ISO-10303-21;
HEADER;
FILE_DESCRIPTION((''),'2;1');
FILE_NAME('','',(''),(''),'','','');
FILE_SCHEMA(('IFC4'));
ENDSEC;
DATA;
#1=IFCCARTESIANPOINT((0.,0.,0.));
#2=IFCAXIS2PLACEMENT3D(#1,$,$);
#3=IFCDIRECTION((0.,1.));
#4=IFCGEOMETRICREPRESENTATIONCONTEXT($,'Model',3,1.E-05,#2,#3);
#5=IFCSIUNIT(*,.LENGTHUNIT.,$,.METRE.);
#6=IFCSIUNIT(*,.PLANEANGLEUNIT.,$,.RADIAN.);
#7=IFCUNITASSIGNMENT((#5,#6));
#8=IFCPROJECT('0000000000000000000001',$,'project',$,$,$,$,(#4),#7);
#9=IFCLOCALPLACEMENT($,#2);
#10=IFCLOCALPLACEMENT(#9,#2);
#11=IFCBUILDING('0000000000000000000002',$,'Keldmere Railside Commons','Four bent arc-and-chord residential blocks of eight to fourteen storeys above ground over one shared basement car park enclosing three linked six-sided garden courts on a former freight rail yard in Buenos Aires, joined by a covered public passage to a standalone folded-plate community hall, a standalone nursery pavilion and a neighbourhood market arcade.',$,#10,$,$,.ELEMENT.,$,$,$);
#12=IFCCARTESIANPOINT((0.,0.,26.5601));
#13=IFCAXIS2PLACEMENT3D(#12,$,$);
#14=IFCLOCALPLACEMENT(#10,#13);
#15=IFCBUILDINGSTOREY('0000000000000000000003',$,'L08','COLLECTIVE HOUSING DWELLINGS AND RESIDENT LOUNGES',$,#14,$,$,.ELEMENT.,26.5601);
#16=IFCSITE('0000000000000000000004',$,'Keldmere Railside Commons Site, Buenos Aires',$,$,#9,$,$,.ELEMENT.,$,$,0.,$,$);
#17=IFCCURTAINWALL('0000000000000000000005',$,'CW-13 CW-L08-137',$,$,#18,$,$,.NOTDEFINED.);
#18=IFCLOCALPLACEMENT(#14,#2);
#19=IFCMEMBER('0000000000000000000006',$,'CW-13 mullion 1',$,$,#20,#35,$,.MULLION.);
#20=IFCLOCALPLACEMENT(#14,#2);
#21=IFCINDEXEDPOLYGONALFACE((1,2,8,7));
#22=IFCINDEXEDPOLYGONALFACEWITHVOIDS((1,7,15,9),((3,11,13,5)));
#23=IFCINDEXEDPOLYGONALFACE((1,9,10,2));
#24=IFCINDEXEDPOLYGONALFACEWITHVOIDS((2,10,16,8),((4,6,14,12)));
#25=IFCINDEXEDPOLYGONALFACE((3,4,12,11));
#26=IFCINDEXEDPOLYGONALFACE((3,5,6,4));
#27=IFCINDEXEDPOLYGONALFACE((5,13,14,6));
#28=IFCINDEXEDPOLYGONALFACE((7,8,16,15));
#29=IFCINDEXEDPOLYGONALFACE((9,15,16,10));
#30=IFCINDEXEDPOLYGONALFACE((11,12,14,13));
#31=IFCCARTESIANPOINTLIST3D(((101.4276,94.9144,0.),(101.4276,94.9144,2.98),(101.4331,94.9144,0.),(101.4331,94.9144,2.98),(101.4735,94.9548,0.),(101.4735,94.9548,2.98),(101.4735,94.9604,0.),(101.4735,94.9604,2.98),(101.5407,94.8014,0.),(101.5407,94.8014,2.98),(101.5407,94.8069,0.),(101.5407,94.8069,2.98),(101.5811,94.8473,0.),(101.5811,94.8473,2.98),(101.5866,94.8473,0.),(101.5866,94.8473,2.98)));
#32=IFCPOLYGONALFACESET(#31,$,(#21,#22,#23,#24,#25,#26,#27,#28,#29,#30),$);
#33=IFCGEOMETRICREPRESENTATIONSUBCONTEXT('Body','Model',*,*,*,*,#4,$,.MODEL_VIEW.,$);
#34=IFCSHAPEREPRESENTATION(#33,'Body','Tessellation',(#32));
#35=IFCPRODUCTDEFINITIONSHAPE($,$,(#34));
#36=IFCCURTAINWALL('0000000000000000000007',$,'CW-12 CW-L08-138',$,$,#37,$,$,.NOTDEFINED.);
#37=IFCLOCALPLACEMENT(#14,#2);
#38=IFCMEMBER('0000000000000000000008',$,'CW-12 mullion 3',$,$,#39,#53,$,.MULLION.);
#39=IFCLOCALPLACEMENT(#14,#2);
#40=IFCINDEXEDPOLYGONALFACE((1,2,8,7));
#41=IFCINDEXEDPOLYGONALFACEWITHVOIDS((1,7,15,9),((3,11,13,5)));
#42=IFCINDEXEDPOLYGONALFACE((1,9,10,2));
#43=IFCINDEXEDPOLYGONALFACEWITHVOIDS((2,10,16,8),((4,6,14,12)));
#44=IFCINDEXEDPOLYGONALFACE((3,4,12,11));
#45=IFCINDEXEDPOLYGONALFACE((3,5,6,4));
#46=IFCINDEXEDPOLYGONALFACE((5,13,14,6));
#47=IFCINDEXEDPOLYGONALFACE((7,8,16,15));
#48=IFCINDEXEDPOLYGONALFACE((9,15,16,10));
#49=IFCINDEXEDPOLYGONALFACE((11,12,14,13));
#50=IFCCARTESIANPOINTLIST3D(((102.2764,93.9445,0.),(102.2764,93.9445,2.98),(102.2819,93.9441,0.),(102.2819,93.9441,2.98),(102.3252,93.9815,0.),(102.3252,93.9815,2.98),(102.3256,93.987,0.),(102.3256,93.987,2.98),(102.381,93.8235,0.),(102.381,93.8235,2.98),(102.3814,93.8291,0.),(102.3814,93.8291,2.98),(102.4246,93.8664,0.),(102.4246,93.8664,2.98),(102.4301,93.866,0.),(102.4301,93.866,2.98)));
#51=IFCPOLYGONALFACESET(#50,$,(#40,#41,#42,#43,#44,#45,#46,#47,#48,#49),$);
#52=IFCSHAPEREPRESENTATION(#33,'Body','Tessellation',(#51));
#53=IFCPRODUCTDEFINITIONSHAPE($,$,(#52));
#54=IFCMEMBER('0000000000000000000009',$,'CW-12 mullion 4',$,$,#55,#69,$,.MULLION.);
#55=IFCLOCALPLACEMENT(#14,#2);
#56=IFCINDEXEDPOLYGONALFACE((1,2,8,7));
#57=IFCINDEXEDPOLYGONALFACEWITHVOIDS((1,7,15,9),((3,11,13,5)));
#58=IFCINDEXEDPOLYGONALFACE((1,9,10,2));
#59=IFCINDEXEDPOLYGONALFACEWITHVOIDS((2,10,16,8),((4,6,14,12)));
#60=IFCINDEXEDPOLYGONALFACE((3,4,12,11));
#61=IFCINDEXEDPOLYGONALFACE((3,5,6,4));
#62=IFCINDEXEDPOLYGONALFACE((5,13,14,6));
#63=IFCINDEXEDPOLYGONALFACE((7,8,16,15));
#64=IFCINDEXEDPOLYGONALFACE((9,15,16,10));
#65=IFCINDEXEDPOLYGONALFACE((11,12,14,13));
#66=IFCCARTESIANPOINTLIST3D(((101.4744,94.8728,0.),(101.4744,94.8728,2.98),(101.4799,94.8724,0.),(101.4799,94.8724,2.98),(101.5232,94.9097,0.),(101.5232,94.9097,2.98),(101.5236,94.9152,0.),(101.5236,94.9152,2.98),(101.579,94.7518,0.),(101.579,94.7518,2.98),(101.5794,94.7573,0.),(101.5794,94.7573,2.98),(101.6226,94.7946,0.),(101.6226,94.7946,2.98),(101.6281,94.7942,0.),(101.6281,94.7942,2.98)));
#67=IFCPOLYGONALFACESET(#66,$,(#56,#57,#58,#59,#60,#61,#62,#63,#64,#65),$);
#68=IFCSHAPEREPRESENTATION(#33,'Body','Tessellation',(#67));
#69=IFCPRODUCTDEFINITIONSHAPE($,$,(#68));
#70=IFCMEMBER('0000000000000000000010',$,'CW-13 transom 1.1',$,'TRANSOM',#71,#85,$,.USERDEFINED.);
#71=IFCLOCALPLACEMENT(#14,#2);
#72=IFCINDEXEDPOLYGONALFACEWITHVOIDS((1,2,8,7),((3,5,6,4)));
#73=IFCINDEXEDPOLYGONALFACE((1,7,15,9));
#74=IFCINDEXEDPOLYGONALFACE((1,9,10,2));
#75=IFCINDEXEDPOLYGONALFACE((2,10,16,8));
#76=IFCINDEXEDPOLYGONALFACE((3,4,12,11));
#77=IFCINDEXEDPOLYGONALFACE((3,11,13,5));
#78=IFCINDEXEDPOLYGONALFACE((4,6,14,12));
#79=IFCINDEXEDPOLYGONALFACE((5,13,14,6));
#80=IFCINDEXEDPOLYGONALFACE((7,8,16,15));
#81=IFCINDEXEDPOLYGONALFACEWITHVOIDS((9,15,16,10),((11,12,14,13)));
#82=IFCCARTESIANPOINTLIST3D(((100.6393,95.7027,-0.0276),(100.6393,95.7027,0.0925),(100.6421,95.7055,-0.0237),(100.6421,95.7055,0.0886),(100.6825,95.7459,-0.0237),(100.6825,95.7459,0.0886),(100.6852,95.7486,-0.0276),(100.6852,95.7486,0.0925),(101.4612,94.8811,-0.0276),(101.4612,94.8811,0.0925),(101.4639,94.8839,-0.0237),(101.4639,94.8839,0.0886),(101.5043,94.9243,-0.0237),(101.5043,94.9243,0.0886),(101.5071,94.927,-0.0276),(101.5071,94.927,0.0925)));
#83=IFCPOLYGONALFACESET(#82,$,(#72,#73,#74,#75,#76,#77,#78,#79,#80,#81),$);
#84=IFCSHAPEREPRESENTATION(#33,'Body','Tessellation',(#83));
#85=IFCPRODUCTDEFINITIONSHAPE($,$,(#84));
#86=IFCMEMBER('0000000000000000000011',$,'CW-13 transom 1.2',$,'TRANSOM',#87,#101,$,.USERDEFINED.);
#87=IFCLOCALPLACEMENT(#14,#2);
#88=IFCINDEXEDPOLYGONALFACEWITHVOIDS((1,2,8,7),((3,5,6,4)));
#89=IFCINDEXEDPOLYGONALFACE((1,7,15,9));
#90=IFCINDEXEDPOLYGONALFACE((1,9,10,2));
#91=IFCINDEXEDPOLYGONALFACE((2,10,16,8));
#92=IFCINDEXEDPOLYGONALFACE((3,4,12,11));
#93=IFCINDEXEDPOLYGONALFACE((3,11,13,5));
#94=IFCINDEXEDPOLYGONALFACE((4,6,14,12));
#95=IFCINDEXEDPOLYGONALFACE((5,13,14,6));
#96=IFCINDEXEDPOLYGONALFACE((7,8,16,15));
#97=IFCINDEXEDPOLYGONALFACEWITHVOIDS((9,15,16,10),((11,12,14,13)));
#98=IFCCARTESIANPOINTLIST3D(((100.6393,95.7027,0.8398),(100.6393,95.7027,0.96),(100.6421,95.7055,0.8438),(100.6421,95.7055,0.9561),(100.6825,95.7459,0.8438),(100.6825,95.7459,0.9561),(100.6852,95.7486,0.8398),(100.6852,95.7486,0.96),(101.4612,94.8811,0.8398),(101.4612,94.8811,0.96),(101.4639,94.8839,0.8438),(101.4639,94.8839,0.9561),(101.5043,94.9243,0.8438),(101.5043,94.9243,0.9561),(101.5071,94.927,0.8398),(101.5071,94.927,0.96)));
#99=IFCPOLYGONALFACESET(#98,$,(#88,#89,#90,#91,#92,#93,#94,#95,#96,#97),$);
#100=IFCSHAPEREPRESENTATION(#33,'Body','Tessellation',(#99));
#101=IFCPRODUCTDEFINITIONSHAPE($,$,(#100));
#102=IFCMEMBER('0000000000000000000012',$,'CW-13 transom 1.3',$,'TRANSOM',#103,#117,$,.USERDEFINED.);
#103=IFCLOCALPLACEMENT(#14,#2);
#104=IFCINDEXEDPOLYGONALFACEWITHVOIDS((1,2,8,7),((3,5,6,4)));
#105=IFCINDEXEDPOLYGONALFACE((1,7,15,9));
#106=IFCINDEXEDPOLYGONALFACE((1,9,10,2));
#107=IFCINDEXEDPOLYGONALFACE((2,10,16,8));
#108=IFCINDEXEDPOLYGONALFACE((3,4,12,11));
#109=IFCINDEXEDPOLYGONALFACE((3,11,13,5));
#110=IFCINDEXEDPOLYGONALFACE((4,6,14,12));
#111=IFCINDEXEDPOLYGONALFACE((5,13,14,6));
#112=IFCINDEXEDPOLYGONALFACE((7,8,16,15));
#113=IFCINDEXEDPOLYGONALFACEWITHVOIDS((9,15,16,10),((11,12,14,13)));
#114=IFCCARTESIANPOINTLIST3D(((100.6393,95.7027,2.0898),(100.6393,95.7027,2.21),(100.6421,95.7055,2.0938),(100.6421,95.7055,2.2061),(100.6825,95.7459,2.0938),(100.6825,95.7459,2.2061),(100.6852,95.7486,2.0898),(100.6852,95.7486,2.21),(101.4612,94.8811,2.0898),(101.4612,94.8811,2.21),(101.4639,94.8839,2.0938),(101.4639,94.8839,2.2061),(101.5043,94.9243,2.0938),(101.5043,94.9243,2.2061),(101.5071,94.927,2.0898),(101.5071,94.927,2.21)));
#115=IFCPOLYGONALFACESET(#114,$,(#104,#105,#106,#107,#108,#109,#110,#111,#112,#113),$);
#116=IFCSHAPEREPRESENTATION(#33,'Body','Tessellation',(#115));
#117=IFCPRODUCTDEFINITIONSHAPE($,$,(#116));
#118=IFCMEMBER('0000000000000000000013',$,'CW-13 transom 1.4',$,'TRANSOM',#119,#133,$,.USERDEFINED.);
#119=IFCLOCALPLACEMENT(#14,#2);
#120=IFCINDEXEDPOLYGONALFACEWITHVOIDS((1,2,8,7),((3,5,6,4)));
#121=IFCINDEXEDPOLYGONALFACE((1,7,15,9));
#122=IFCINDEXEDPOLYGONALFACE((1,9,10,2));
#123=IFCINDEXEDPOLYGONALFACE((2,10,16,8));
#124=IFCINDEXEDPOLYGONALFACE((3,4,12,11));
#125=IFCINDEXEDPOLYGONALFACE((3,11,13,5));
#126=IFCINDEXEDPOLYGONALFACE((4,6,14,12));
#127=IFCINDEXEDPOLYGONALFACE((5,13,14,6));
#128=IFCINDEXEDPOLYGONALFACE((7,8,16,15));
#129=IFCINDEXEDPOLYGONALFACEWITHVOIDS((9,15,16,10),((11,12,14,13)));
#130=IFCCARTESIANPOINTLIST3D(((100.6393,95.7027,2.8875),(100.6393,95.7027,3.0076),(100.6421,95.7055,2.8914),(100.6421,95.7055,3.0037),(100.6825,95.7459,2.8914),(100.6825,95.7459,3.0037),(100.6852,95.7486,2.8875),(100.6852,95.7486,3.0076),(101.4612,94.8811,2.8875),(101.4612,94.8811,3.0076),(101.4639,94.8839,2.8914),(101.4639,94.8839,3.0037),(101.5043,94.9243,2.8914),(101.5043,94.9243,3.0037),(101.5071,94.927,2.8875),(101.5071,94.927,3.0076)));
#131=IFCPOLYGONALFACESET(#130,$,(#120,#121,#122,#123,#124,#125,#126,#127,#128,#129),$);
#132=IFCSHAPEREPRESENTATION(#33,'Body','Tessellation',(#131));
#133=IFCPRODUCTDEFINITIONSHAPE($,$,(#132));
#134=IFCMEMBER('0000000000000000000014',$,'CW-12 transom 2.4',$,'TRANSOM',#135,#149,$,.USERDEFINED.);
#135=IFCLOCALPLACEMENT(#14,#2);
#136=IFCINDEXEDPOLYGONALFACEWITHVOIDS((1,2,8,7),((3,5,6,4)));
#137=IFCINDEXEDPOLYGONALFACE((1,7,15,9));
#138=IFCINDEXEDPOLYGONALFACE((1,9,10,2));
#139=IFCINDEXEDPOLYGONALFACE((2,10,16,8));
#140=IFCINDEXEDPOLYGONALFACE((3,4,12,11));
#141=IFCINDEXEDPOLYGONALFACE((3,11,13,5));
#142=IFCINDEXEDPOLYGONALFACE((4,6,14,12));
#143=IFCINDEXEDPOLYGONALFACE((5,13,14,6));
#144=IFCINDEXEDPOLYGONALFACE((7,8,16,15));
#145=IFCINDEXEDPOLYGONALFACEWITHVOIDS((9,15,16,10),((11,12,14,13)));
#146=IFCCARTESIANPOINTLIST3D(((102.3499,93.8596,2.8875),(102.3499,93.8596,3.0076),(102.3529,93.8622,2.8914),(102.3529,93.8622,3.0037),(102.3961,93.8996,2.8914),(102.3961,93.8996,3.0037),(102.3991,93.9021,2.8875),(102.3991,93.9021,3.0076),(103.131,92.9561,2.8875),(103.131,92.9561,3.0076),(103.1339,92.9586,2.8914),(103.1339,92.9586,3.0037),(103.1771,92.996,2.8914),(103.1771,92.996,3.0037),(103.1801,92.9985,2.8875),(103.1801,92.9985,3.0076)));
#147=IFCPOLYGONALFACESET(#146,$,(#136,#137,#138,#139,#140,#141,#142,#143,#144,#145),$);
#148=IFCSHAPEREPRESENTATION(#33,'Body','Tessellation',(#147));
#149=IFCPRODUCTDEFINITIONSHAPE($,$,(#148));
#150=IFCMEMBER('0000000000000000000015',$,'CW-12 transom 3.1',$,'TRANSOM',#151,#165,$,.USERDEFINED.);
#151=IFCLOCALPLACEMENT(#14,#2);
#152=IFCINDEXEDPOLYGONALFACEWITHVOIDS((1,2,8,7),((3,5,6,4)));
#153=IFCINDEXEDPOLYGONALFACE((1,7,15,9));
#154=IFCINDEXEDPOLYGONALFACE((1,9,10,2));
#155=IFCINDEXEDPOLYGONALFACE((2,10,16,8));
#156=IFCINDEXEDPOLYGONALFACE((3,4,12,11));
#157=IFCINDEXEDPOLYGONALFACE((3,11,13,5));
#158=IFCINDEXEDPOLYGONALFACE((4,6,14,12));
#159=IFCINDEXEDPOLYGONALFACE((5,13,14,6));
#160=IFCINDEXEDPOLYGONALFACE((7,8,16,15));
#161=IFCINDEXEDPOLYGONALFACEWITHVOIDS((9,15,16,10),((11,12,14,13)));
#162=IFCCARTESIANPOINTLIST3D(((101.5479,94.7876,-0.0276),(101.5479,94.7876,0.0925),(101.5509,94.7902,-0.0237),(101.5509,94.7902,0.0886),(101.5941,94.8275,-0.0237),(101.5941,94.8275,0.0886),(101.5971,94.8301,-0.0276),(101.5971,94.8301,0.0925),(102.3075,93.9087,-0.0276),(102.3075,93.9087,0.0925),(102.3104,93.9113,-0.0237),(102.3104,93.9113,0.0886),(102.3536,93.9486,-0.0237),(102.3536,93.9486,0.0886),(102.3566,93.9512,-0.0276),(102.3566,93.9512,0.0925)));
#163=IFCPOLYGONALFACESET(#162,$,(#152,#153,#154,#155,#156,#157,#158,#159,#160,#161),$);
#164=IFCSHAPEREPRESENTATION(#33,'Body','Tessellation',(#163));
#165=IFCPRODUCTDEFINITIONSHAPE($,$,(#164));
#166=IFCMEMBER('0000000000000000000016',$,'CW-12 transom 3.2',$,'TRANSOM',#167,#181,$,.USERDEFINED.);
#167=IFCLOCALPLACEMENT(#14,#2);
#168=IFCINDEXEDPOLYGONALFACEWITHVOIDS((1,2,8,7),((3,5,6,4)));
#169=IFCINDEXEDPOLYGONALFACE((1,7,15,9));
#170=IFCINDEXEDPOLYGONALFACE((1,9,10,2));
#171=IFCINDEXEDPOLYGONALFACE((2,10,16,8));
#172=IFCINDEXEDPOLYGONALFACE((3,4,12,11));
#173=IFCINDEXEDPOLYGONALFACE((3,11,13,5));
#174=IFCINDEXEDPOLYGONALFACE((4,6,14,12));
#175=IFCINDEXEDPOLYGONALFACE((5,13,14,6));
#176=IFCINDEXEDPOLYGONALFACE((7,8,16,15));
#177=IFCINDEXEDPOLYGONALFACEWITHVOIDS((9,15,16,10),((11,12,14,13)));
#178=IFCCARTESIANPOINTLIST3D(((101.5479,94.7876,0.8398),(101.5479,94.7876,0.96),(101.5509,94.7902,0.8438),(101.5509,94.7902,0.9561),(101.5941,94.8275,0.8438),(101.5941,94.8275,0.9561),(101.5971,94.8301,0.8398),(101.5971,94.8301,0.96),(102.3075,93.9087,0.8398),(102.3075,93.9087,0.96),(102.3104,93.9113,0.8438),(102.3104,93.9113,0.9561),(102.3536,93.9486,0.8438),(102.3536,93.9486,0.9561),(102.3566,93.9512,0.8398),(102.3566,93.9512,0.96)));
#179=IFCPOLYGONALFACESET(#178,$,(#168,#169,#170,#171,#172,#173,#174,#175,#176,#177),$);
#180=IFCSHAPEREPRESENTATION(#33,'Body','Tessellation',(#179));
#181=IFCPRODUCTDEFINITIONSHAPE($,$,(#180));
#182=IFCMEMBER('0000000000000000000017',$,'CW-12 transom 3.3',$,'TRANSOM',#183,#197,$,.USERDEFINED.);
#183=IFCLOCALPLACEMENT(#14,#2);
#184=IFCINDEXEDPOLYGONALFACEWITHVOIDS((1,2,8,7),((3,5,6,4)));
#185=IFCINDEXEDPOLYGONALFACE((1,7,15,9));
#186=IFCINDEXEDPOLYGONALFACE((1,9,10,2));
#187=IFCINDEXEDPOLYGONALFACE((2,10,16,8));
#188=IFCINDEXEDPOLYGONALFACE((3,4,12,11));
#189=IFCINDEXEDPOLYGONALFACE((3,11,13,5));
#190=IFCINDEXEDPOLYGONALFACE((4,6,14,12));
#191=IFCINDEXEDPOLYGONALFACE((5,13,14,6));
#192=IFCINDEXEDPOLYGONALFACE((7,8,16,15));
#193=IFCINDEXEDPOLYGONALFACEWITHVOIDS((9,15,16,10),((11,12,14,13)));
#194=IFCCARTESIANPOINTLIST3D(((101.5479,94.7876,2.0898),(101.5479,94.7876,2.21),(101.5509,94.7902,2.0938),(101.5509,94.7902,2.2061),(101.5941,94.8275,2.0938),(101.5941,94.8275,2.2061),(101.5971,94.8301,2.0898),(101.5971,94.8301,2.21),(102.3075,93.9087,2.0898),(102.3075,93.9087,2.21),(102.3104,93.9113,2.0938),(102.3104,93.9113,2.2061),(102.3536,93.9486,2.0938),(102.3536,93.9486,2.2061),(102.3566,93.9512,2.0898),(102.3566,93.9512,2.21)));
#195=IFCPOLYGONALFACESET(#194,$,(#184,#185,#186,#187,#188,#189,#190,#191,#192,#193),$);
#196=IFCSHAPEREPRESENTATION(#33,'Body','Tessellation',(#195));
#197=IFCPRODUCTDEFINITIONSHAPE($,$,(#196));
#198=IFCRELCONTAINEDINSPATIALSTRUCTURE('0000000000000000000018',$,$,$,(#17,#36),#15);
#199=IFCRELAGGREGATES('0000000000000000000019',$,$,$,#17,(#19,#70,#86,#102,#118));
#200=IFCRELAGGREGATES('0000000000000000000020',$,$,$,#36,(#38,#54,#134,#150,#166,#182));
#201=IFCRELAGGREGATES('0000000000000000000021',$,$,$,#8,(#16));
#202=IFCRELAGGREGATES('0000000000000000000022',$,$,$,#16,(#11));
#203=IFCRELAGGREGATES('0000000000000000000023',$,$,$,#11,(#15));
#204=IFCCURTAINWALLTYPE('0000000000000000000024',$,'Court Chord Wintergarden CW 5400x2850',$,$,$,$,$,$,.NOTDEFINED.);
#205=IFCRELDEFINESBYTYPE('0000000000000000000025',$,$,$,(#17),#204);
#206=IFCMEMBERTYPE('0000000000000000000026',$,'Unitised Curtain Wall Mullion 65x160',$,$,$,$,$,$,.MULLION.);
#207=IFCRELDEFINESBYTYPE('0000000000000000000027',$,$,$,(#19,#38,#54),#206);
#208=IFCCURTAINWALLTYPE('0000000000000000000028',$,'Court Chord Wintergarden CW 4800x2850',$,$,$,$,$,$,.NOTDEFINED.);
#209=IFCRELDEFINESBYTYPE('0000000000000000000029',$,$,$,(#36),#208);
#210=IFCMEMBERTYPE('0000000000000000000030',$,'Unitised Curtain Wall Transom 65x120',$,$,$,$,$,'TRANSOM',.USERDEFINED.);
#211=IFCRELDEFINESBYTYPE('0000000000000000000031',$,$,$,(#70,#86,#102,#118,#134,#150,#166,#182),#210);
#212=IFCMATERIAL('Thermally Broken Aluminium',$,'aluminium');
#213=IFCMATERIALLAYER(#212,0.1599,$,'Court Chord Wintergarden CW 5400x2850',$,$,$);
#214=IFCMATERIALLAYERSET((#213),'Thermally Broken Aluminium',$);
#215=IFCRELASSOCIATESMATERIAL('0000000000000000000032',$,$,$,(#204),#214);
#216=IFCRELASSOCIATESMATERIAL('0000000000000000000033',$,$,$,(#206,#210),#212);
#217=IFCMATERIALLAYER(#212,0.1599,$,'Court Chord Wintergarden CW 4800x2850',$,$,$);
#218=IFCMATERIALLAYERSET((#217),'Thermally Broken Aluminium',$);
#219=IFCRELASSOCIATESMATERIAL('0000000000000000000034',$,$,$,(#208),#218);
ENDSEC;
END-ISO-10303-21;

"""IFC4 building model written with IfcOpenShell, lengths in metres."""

from ifc_helpers import new_model, si_unit, direction, frame, origin, origin_2d, place, context, subcontext, project, spatial, hollow_rectangle, extrude, material, layer, layer_set, material_profile, profile_set, type_object, element, aggregate, save


model = new_model("IFC4")

# Units and contexts
model_context = context("Model", 3, precision=1e-05, world=origin(), true_north=direction((0.0, 1.0)))
body_context = subcontext(model_context, "Body", "Model", "MODEL_VIEW")
ifc_project = project(units=[si_unit("LENGTHUNIT", "METRE"), si_unit("PLANEANGLEUNIT", "RADIAN")], contexts=[model_context])

# Site, building, storey
site_placement = place(None, origin())
site = spatial("IfcSite", under=ifc_project, at=site_placement, Name="Keldmere Railside Commons Site, Buenos Aires", CompositionType="ELEMENT", RefElevation=0.0)
building_placement = place(site_placement, origin())
building = spatial("IfcBuilding", under=site, at=building_placement, Name="Keldmere Railside Commons", Description="Four bent arc-and-chord residential blocks of eight to fourteen storeys above ground over one shared basement car park enclosing three linked six-sided garden courts on a former freight rail yard in Buenos Aires, joined by a covered public passage to a standalone folded-plate community hall, a standalone nursery pavilion and a neighbourhood market arcade.", CompositionType="ELEMENT")
storey_placement = place(building_placement, frame((0.0, 0.0, 26.5601)))
storey = spatial("IfcBuildingStorey", under=building, at=storey_placement, Name="L08", Description="COLLECTIVE HOUSING DWELLINGS AND RESIDENT LOUNGES", CompositionType="ELEMENT", Elevation=26.5601)

# Curtain wall, member
ifc_material_1 = material(Name="Thermally Broken Aluminium", Category="aluminium")
ifc_layer_1 = layer(ifc_material_1, 0.1599, Name="Court Chord Wintergarden CW 5400x2850")
ifc_layer_set_1 = layer_set([ifc_layer_1], Name="Thermally Broken Aluminium")
curtain_wall_type_1 = type_object("IfcCurtainWallType", Name="Court Chord Wintergarden CW 5400x2850", PredefinedType="NOTDEFINED", material=ifc_layer_set_1)
curtain_wall_1_placement = place(storey_placement, origin())
curtain_wall_1 = element("IfcCurtainWall", 1, at=curtain_wall_1_placement, inside=storey, type_object=curtain_wall_type_1, Name="CW-13 CW-L08-137", PredefinedType="NOTDEFINED")
ifc_material_profile_1 = material_profile(ifc_material_1, hollow_rectangle(XDim=0.0649, YDim=0.1599, WallThickness=0.0039, at=origin_2d()), Name="ALU-MULL-65x160")
ifc_profile_set_1 = profile_set([ifc_material_profile_1], Name="Thermally Broken Aluminium")
member_type_1 = type_object("IfcMemberType", Name="Unitised Curtain Wall Mullion 65x160", PredefinedType="MULLION", material=ifc_profile_set_1)
member_1_placement = place(storey_placement, frame((101.5071, 94.8809, 0.0), z_axis=(0.0, 0.0, 1.0), x_axis=(-0.707107, -0.707107, 0.0)))
member_1 = element("IfcMember", 2, at=member_1_placement, type_object=member_type_1, Name="CW-13 mullion 1", PredefinedType="MULLION", context=body_context, shape_type="SweptSolid", body=[
    extrude(hollow_rectangle(XDim=0.0649, YDim=0.1599, WallThickness=0.0039, at=origin_2d()), origin(), (0.0, 0.0, 1.0), 2.98),
])

# Curtain wall, members
ifc_layer_2 = layer(ifc_material_1, 0.1599, Name="Court Chord Wintergarden CW 4800x2850")
ifc_layer_set_2 = layer_set([ifc_layer_2], Name="Thermally Broken Aluminium")
curtain_wall_type_2 = type_object("IfcCurtainWallType", Name="Court Chord Wintergarden CW 4800x2850", PredefinedType="NOTDEFINED", material=ifc_layer_set_2)
curtain_wall_2_placement = place(storey_placement, origin())
curtain_wall_2 = element("IfcCurtainWall", 3, at=curtain_wall_2_placement, inside=storey, type_object=curtain_wall_type_2, Name="CW-12 CW-L08-138", PredefinedType="NOTDEFINED")
member_2_placement = place(storey_placement, frame((102.3533, 93.9053, 0.0), z_axis=(0.0, 0.0, 1.0), x_axis=(-0.756597, -0.653882, 0.0)))
member_2 = element("IfcMember", 4, at=member_2_placement, type_object=member_type_1, Name="CW-12 mullion 3", PredefinedType="MULLION", context=body_context, shape_type="SweptSolid", body=[
    extrude(hollow_rectangle(XDim=0.0649, YDim=0.1599, WallThickness=0.0039, at=origin_2d()), origin(), (0.0, 0.0, 1.0), 2.98),
])
member_3_placement = place(storey_placement, frame((101.5513, 94.8335, 0.0), z_axis=(0.0, 0.0, 1.0), x_axis=(-0.756597, -0.653882, 0.0)))
member_3 = element("IfcMember", 5, at=member_3_placement, type_object=member_type_1, Name="CW-12 mullion 4", PredefinedType="MULLION", context=body_context, shape_type="SweptSolid", body=[
    extrude(hollow_rectangle(XDim=0.0649, YDim=0.1599, WallThickness=0.0039, at=origin_2d()), origin(), (0.0, 0.0, 1.0), 2.98),
])

# Members
ifc_material_profile_2 = material_profile(ifc_material_1, hollow_rectangle(XDim=0.0649, YDim=0.1201, WallThickness=0.0039, at=origin_2d()), Name="ALU-TRAN-65x120")
ifc_profile_set_2 = profile_set([ifc_material_profile_2], Name="Thermally Broken Aluminium")
member_type_2 = type_object("IfcMemberType", Name="Unitised Curtain Wall Transom 65x120", ElementType="TRANSOM", PredefinedType="USERDEFINED", material=ifc_profile_set_2)
member_4_placement = place(storey_placement, frame((101.4841, 94.9041, 0.0325), z_axis=(-0.707212, 0.707002, 0.0), x_axis=(-0.707002, -0.707212, 0.0)))
member_4 = element("IfcMember", 6, at=member_4_placement, type_object=member_type_2, Name="CW-13 transom 1.1", ObjectType="TRANSOM", PredefinedType="USERDEFINED", context=body_context, shape_type="SweptSolid", body=[
    extrude(hollow_rectangle(XDim=0.0649, YDim=0.1201, WallThickness=0.0039, at=origin_2d()), origin(), (0.0, 0.0, 1.0), 1.1621),
])
member_5_placement = place(storey_placement, frame((101.4841, 94.9041, 0.8999), z_axis=(-0.707212, 0.707002, 0.0), x_axis=(-0.707002, -0.707212, 0.0)))
member_5 = element("IfcMember", 7, at=member_5_placement, type_object=member_type_2, Name="CW-13 transom 1.2", ObjectType="TRANSOM", PredefinedType="USERDEFINED", context=body_context, shape_type="SweptSolid", body=[
    extrude(hollow_rectangle(XDim=0.0649, YDim=0.1201, WallThickness=0.0039, at=origin_2d()), origin(), (0.0, 0.0, 1.0), 1.1621),
])
member_6_placement = place(storey_placement, frame((101.4841, 94.9041, 2.1499), z_axis=(-0.707212, 0.707002, 0.0), x_axis=(-0.707002, -0.707212, 0.0)))
member_6 = element("IfcMember", 8, at=member_6_placement, type_object=member_type_2, Name="CW-13 transom 1.3", ObjectType="TRANSOM", PredefinedType="USERDEFINED", context=body_context, shape_type="SweptSolid", body=[
    extrude(hollow_rectangle(XDim=0.0649, YDim=0.1201, WallThickness=0.0039, at=origin_2d()), origin(), (0.0, 0.0, 1.0), 1.1621),
])
member_7_placement = place(storey_placement, frame((101.4841, 94.9041, 2.9475), z_axis=(-0.707212, 0.707002, 0.0), x_axis=(-0.707002, -0.707212, 0.0)))
member_7 = element("IfcMember", 9, at=member_7_placement, type_object=member_type_2, Name="CW-13 transom 1.4", ObjectType="TRANSOM", PredefinedType="USERDEFINED", context=body_context, shape_type="SweptSolid", body=[
    extrude(hollow_rectangle(XDim=0.0649, YDim=0.1201, WallThickness=0.0039, at=origin_2d()), origin(), (0.0, 0.0, 1.0), 1.1621),
])
member_8_placement = place(storey_placement, frame((103.1555, 92.9773, 2.9475), z_axis=(-0.653934, 0.756552, 0.0), x_axis=(-0.756552, -0.653934, 0.0)))
member_8 = element("IfcMember", 10, at=member_8_placement, type_object=member_type_2, Name="CW-12 transom 2.4", ObjectType="TRANSOM", PredefinedType="USERDEFINED", context=body_context, shape_type="SweptSolid", body=[
    extrude(hollow_rectangle(XDim=0.0649, YDim=0.1201, WallThickness=0.0039, at=origin_2d()), origin(), (0.0, 0.0, 1.0), 1.1943),
])
member_9_placement = place(storey_placement, frame((102.332, 93.9299, 0.0325), z_axis=(-0.65385, 0.756624, 0.0), x_axis=(-0.756624, -0.65385, 0.0)))
member_9 = element("IfcMember", 11, at=member_9_placement, type_object=member_type_2, Name="CW-12 transom 3.1", ObjectType="TRANSOM", PredefinedType="USERDEFINED", context=body_context, shape_type="SweptSolid", body=[
    extrude(hollow_rectangle(XDim=0.0649, YDim=0.1201, WallThickness=0.0039, at=origin_2d()), origin(), (0.0, 0.0, 1.0), 1.1616),
])
member_10_placement = place(storey_placement, frame((102.332, 93.9299, 0.8999), z_axis=(-0.65385, 0.756624, 0.0), x_axis=(-0.756624, -0.65385, 0.0)))
member_10 = element("IfcMember", 12, at=member_10_placement, type_object=member_type_2, Name="CW-12 transom 3.2", ObjectType="TRANSOM", PredefinedType="USERDEFINED", context=body_context, shape_type="SweptSolid", body=[
    extrude(hollow_rectangle(XDim=0.0649, YDim=0.1201, WallThickness=0.0039, at=origin_2d()), origin(), (0.0, 0.0, 1.0), 1.1616),
])
member_11_placement = place(storey_placement, frame((102.332, 93.9299, 2.1499), z_axis=(-0.65385, 0.756624, 0.0), x_axis=(-0.756624, -0.65385, 0.0)))
member_11 = element("IfcMember", 13, at=member_11_placement, type_object=member_type_2, Name="CW-12 transom 3.3", ObjectType="TRANSOM", PredefinedType="USERDEFINED", context=body_context, shape_type="SweptSolid", body=[
    extrude(hollow_rectangle(XDim=0.0649, YDim=0.1201, WallThickness=0.0039, at=origin_2d()), origin(), (0.0, 0.0, 1.0), 1.1616),
])

aggregate(curtain_wall_1, [member_1, member_4, member_5, member_6, member_7])
aggregate(curtain_wall_2, [member_2, member_3, member_8, member_9, member_10, member_11])

save(model, "model.ifc")
